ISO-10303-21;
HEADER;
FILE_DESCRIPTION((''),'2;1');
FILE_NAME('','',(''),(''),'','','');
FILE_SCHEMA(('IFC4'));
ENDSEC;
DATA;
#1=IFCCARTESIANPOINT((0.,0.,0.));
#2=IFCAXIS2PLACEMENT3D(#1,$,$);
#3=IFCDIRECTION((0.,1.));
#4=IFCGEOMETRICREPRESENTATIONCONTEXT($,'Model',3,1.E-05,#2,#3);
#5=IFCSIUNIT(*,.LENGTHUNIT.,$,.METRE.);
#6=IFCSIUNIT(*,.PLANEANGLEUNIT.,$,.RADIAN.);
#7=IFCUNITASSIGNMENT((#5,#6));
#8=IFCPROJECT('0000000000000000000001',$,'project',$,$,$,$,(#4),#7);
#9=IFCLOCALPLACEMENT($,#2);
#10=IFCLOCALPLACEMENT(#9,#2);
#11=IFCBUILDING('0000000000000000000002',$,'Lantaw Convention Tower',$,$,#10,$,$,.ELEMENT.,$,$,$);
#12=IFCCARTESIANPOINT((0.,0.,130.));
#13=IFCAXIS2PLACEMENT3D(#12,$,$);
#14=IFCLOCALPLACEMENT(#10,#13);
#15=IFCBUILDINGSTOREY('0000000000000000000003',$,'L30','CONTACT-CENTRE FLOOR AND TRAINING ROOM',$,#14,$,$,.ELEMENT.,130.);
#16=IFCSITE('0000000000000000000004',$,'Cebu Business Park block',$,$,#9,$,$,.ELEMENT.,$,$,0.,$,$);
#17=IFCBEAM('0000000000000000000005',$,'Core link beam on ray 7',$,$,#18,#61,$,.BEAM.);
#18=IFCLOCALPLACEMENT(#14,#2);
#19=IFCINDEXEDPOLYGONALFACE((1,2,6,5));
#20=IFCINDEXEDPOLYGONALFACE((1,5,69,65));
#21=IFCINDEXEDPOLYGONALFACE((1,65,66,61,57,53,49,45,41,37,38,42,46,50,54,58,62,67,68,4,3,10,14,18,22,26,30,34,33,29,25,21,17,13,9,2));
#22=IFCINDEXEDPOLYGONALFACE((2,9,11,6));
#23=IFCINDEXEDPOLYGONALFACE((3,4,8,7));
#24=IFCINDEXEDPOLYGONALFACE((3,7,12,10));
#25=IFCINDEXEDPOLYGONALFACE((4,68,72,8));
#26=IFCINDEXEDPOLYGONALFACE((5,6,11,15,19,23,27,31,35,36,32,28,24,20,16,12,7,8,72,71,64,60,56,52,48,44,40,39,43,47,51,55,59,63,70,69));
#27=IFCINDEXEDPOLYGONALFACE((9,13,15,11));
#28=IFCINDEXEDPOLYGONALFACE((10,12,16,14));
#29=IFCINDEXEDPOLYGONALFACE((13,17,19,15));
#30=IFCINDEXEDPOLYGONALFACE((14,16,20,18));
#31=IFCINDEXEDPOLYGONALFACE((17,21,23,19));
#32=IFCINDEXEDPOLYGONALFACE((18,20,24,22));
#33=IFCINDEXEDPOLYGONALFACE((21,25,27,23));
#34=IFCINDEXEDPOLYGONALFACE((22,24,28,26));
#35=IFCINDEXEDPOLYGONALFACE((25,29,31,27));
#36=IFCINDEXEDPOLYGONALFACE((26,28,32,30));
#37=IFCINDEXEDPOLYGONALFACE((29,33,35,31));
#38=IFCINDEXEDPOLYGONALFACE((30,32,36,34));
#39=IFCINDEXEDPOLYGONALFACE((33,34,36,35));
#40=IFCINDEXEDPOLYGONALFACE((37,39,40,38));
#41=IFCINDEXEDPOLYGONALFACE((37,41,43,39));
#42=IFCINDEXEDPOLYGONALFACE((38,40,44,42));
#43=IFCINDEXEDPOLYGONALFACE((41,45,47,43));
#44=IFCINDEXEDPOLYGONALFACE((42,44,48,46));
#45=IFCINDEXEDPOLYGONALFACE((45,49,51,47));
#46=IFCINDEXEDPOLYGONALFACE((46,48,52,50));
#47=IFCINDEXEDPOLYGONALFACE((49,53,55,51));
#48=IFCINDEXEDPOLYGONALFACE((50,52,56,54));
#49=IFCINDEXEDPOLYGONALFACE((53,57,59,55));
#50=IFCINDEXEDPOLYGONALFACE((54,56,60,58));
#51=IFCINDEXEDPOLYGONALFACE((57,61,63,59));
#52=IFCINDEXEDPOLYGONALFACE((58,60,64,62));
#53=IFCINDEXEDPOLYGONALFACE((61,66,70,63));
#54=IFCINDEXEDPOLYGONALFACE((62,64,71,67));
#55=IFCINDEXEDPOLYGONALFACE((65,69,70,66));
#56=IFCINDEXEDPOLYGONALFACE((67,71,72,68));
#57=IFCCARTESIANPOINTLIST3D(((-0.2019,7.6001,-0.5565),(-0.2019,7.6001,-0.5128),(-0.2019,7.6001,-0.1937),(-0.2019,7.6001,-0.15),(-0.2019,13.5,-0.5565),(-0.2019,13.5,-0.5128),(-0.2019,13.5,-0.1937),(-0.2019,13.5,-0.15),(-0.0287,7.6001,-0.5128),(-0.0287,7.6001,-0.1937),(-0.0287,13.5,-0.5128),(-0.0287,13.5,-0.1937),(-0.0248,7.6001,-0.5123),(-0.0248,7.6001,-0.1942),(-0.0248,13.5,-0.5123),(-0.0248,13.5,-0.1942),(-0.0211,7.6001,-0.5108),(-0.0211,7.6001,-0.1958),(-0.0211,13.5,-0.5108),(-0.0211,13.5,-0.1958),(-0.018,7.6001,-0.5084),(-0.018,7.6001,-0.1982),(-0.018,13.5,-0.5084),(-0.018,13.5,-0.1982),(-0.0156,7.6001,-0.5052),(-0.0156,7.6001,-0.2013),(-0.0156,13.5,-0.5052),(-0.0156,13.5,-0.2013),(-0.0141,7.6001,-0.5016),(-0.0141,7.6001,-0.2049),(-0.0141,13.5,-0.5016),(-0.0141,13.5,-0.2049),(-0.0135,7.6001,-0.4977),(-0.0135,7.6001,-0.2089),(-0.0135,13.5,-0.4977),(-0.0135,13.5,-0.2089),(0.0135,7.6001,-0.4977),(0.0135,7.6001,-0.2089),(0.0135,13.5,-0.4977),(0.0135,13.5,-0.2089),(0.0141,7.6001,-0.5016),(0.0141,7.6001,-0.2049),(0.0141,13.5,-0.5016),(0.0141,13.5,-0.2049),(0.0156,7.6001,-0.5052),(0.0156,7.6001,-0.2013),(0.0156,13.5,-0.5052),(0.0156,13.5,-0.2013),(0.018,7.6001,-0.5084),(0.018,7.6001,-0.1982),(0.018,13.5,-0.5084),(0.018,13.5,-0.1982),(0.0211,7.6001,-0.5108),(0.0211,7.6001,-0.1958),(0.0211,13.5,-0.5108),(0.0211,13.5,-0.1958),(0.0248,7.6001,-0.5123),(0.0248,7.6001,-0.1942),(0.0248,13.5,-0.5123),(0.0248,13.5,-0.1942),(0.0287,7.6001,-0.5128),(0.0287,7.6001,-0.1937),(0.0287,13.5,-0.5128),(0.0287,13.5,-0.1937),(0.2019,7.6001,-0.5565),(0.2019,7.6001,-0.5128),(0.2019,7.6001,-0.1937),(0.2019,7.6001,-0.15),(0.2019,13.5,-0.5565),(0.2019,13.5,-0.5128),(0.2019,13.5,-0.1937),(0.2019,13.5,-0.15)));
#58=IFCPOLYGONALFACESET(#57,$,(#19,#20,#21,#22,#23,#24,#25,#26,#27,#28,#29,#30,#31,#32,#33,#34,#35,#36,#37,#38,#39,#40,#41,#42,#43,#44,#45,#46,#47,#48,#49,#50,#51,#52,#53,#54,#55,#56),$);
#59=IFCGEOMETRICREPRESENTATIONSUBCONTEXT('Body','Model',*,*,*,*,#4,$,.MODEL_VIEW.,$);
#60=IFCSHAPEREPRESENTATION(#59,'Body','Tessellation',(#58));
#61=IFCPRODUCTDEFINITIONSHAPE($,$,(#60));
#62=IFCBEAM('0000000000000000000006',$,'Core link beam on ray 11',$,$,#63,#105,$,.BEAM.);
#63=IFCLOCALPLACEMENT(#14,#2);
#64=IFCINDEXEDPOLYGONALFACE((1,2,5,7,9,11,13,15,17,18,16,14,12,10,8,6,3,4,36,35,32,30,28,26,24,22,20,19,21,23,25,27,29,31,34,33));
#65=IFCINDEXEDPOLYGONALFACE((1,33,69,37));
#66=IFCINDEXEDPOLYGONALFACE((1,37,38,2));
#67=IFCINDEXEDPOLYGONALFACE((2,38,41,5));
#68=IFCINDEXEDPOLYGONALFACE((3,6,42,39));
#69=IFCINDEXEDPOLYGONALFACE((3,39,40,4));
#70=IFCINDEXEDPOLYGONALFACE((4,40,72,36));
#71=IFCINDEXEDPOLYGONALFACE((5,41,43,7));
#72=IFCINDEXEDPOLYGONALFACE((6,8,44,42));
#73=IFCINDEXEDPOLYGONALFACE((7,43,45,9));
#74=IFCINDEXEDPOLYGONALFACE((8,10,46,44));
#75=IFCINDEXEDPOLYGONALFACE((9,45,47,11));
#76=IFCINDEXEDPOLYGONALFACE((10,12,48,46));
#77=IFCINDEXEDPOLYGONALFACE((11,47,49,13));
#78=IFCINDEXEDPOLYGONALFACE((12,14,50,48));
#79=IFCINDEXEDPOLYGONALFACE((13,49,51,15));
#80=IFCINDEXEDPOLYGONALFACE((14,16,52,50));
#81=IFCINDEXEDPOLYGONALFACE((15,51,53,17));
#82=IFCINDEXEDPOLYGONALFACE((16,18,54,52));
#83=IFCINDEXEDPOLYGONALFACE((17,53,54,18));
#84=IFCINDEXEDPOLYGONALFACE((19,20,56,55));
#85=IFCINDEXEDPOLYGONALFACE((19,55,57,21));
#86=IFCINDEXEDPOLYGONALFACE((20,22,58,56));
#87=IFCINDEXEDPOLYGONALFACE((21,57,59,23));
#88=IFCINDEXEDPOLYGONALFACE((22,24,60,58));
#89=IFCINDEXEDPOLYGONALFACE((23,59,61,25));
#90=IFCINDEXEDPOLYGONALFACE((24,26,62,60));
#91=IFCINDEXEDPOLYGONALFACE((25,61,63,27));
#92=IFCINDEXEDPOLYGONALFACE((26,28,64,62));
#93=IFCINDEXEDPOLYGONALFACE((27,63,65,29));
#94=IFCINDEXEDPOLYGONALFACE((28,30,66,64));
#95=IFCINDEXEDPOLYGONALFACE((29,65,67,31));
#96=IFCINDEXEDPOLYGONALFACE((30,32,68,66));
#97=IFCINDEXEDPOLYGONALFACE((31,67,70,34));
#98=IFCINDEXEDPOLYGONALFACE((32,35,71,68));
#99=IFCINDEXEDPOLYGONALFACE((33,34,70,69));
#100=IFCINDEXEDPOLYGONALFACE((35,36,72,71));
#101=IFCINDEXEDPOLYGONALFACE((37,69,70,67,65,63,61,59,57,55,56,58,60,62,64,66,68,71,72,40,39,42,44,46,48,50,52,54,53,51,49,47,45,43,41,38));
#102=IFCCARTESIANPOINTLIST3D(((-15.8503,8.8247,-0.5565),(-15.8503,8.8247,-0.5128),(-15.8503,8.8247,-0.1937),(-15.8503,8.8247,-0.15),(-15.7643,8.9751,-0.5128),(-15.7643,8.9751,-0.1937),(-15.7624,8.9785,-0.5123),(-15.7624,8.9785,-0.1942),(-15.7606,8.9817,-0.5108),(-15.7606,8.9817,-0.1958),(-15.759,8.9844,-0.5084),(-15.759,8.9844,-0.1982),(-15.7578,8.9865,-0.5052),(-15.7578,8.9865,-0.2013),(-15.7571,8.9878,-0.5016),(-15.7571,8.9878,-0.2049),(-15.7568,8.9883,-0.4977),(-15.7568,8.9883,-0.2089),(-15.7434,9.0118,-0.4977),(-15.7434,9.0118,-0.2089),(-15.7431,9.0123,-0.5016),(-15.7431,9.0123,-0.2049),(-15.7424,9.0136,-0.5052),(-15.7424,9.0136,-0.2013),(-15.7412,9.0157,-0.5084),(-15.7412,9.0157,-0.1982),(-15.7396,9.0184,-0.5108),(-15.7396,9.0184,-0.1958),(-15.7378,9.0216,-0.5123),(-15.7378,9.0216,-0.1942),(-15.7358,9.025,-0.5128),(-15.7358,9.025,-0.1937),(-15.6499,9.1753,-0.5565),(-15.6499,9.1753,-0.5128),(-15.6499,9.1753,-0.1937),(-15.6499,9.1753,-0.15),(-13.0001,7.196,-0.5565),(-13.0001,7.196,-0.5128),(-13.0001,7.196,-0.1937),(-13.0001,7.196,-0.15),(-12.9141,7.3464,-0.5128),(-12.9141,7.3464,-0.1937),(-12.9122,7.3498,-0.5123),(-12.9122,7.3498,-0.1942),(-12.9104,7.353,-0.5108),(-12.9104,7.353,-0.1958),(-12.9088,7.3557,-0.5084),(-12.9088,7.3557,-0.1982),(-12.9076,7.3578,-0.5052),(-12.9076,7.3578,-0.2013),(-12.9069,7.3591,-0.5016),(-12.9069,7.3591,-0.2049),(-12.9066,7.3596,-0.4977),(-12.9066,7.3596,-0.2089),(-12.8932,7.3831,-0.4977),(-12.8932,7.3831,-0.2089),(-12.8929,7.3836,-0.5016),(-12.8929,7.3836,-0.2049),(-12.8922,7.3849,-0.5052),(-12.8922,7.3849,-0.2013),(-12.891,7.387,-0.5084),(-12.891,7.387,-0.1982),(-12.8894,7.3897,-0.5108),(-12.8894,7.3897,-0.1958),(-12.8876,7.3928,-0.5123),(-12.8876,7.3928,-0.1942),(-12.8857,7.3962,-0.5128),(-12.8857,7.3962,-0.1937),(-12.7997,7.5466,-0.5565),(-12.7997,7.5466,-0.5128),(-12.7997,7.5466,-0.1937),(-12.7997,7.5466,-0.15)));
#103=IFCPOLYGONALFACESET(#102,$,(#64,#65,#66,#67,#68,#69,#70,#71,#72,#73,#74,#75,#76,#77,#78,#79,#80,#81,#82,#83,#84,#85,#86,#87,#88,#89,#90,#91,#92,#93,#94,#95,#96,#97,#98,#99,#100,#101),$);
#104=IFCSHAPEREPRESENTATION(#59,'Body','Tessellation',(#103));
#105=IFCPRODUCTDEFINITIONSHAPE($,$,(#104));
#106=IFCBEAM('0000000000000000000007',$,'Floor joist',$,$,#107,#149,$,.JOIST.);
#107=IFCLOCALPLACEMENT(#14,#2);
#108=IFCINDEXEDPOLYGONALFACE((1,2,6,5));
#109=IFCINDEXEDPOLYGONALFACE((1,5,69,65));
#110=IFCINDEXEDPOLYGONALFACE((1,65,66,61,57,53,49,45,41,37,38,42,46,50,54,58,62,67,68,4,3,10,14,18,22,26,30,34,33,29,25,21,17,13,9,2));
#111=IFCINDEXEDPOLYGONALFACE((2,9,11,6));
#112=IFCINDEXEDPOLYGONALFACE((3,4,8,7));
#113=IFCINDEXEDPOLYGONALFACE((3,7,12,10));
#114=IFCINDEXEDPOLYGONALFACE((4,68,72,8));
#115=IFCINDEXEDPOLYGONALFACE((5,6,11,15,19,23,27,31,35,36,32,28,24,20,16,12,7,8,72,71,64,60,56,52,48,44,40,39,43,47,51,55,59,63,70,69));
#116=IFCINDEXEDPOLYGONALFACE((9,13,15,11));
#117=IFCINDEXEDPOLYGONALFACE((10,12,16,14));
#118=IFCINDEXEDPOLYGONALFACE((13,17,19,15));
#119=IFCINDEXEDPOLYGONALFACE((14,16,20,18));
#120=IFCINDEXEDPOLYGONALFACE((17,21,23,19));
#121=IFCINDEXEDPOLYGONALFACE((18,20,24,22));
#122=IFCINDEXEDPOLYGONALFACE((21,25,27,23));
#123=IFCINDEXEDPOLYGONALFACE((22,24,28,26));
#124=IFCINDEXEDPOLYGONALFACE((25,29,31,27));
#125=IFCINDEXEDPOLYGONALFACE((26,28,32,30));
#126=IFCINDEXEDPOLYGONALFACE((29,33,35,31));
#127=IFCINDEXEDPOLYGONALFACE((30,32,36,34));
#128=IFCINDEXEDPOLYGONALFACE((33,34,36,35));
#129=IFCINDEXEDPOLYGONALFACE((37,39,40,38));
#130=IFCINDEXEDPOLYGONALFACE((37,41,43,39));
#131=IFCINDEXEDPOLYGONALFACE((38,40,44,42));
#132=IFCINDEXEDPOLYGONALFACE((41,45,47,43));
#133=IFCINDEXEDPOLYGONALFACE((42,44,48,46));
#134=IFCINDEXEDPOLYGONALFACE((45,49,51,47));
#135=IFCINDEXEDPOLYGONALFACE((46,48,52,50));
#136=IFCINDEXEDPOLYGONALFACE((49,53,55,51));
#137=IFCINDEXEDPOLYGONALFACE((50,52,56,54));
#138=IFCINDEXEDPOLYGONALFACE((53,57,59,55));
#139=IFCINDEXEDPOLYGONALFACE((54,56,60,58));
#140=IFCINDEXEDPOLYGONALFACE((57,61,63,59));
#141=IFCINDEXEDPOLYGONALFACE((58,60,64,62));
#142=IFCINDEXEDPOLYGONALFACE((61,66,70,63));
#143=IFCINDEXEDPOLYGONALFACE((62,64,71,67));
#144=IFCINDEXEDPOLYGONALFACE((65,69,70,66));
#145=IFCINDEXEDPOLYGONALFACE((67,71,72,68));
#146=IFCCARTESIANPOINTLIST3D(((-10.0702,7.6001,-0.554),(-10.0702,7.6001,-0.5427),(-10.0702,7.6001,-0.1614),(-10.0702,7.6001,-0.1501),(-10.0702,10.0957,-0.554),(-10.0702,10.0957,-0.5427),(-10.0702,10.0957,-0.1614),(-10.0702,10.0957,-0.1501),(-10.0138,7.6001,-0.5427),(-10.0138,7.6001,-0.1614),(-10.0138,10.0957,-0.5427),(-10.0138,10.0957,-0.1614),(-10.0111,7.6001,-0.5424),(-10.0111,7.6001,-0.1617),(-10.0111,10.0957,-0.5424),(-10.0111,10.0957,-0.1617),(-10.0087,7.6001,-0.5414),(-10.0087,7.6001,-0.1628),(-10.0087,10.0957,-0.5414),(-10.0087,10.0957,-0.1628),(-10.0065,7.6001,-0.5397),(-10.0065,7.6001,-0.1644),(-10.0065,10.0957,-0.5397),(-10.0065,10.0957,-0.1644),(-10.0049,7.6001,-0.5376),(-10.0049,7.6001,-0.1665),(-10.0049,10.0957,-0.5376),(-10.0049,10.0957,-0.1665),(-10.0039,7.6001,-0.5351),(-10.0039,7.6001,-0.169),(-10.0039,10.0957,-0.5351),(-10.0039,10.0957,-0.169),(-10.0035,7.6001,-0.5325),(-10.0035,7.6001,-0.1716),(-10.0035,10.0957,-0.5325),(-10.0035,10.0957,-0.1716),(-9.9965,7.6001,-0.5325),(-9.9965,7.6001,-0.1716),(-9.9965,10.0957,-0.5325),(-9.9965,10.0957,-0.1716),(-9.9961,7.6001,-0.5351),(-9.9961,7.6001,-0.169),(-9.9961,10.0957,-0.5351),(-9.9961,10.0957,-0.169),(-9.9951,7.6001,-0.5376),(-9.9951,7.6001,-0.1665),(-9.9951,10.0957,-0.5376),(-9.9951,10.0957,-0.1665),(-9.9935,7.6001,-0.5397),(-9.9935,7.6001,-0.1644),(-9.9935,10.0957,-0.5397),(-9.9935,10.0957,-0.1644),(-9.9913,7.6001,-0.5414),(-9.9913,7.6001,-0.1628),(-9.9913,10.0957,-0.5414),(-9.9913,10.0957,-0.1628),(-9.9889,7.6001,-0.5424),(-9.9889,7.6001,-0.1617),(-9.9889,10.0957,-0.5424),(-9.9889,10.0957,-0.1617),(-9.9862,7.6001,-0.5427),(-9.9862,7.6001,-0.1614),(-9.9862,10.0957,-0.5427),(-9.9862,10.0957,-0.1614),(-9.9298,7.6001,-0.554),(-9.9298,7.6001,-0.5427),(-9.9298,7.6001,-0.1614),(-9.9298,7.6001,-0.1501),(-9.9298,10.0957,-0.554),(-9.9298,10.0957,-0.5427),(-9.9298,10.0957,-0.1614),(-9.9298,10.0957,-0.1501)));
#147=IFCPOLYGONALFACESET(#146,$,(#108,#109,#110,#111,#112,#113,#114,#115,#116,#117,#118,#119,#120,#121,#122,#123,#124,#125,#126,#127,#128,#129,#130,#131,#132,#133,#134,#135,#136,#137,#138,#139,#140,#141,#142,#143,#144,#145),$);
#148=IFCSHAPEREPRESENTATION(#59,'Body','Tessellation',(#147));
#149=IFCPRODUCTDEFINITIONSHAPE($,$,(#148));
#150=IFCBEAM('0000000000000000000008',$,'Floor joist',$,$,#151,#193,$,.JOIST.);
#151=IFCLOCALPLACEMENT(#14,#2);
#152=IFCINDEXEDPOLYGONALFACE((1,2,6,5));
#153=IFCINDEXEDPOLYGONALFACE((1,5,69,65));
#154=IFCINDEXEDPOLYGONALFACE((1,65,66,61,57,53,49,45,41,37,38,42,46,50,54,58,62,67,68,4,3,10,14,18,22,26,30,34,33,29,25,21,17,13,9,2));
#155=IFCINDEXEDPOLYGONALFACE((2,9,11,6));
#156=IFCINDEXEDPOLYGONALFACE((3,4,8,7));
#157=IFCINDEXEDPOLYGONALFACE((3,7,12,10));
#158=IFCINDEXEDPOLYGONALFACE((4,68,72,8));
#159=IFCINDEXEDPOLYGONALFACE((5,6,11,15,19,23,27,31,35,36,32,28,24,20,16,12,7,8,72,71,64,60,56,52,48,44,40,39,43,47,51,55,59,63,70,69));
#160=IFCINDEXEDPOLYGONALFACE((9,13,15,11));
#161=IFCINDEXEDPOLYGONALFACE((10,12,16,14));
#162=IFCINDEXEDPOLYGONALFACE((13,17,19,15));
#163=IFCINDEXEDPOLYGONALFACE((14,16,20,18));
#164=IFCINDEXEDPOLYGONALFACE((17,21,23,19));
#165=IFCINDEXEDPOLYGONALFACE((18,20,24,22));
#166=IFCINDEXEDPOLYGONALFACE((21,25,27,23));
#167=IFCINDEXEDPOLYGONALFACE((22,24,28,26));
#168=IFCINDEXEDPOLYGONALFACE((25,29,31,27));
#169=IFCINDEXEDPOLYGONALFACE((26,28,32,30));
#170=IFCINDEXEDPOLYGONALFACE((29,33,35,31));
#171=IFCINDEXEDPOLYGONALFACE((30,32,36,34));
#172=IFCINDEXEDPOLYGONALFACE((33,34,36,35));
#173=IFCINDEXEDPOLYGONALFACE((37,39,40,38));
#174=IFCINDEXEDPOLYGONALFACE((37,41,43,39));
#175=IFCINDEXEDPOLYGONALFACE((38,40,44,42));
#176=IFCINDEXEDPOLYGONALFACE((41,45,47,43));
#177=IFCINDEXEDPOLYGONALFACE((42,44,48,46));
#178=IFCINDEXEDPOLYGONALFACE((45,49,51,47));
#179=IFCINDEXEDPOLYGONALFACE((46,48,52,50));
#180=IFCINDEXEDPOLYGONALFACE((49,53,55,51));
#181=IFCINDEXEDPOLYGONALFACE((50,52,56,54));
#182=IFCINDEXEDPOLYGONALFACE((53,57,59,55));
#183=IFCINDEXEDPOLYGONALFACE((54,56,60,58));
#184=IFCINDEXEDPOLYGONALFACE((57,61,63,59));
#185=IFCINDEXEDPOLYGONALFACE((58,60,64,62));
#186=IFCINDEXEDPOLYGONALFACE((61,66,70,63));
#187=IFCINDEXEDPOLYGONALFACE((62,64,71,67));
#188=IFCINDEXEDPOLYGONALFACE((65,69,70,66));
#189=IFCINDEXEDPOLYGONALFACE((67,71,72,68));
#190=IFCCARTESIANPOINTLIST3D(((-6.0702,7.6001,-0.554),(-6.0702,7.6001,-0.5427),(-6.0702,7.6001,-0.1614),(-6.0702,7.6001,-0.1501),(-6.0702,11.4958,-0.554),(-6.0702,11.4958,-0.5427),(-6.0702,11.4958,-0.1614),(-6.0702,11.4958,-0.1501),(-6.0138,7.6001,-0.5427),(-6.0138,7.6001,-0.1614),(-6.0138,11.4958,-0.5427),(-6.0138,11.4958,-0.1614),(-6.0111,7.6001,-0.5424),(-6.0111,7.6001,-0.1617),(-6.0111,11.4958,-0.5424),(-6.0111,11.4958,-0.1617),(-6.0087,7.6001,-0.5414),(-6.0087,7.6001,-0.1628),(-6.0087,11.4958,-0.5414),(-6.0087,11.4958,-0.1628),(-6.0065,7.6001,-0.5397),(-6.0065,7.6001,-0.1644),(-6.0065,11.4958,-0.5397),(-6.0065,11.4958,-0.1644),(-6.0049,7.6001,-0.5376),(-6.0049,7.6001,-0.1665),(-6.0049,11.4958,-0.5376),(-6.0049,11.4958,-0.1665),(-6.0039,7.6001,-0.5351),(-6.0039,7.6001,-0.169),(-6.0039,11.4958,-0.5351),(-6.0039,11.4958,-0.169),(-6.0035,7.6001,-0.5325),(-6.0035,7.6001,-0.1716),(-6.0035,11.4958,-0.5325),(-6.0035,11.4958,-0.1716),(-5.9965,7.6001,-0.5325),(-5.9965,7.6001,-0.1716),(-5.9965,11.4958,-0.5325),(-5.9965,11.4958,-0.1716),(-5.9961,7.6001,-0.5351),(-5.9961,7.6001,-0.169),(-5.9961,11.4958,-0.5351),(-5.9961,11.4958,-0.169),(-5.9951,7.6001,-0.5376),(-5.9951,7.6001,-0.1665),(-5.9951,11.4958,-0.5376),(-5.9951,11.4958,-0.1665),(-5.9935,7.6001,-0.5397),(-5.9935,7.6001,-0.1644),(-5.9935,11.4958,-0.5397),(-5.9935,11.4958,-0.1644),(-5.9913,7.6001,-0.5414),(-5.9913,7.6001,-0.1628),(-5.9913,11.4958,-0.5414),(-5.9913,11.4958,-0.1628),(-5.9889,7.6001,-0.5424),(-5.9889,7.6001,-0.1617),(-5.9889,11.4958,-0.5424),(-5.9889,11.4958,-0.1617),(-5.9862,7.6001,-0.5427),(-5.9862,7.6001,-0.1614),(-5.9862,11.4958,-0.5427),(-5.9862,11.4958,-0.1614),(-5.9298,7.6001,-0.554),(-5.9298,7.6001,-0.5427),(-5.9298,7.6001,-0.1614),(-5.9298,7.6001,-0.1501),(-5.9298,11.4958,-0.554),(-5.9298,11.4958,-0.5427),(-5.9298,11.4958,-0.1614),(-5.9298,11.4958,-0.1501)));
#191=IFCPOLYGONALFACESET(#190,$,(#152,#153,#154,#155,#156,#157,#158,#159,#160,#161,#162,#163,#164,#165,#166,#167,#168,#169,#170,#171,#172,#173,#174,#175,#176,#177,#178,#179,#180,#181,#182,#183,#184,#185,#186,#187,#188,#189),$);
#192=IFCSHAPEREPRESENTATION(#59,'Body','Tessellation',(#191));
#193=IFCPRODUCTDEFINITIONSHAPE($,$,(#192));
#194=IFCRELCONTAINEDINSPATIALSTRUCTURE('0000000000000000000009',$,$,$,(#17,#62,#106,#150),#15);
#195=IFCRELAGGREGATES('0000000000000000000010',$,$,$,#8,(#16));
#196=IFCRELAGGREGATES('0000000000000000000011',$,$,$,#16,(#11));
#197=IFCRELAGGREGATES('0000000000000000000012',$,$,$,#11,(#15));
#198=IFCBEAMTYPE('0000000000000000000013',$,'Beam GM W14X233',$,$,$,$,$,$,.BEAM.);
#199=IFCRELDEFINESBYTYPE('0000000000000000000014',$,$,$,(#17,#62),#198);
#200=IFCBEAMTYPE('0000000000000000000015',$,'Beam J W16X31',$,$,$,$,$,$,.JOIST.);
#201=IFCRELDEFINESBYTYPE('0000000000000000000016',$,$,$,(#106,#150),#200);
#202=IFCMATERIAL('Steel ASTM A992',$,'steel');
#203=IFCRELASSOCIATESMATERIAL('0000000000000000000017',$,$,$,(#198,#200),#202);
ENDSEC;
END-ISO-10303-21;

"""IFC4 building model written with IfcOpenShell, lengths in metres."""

from ifc_helpers import new_model, si_unit, direction, frame, origin, origin_2d, place, context, subcontext, project, spatial, i_section, extrude, material, material_profile, profile_set, type_object, element, save


model = new_model("IFC4")

# Units and contexts
model_context = context("Model", 3, precision=1e-05, world=origin(), true_north=direction((0.0, 1.0)))
body_context = subcontext(model_context, "Body", "Model", "MODEL_VIEW")
ifc_project = project(units=[si_unit("LENGTHUNIT", "METRE"), si_unit("PLANEANGLEUNIT", "RADIAN")], contexts=[model_context])

# Site, building, storey
site_placement = place(None, origin())
site = spatial("IfcSite", under=ifc_project, at=site_placement, Name="Cebu Business Park block", CompositionType="ELEMENT", RefElevation=0.0)
building_placement = place(site_placement, origin())
building = spatial("IfcBuilding", under=site, at=building_placement, Name="Lantaw Convention Tower", CompositionType="ELEMENT")
storey_placement = place(building_placement, frame((0.0, 0.0, 130.0)))
storey = spatial("IfcBuildingStorey", under=building, at=storey_placement, Name="L30", Description="CONTACT-CENTRE FLOOR AND TRAINING ROOM", CompositionType="ELEMENT", Elevation=130.0)

# Beams
ifc_material_1 = material(Name="Steel ASTM A992", Category="steel")
ifc_material_profile_1 = material_profile(ifc_material_1, i_section(OverallWidth=0.4038, OverallDepth=0.4065, WebThickness=0.0271, FlangeThickness=0.0437, FilletRadius=0.0151, at=origin_2d()), Name="W14X233")
ifc_profile_set_1 = profile_set([ifc_material_profile_1], Name="Steel ASTM A992")
beam_type_1 = type_object("IfcBeamType", Name="Beam GM W14X233", PredefinedType="BEAM", material=ifc_profile_set_1)
beam_1_placement = place(storey_placement, frame((0.0, 7.6001, -0.3533), z_axis=(0.0, 1.0, 0.0), x_axis=(-1.0, 0.0, 0.0)))
element("IfcBeam", 1, at=beam_1_placement, inside=storey, type_object=beam_type_1, Name="Core link beam on ray 7", PredefinedType="BEAM", context=body_context, shape_type="SweptSolid", body=[
    extrude(i_section(OverallWidth=0.4038, OverallDepth=0.4065, WebThickness=0.0271, FlangeThickness=0.0437, FilletRadius=0.0151, at=origin_2d()), origin(), (0.0, 0.0, 1.0), 5.8999),
])
beam_2_placement = place(storey_placement, frame((-12.8999, 7.3713, -0.3533), z_axis=(-0.868239, 0.496147, 0.0), x_axis=(-0.496147, -0.868239, 0.0)))
element("IfcBeam", 2, at=beam_2_placement, inside=storey, type_object=beam_type_1, Name="Core link beam on ray 11", PredefinedType="BEAM", context=body_context, shape_type="SweptSolid", body=[
    extrude(i_section(OverallWidth=0.4038, OverallDepth=0.4065, WebThickness=0.0271, FlangeThickness=0.0437, FilletRadius=0.0151, at=origin_2d()), origin(), (0.0, 0.0, 1.0), 3.2827),
])
ifc_material_profile_2 = material_profile(ifc_material_1, i_section(OverallWidth=0.1404, OverallDepth=0.4038, WebThickness=0.0071, FlangeThickness=0.0112, FilletRadius=0.0103, at=origin_2d()), Name="W16X31")
ifc_profile_set_2 = profile_set([ifc_material_profile_2], Name="Steel ASTM A992")
beam_type_2 = type_object("IfcBeamType", Name="Beam J W16X31", PredefinedType="JOIST", material=ifc_profile_set_2)
beam_3_placement = place(storey_placement, frame((-10.0, 7.6001, -0.3521), z_axis=(0.0, 1.0, 0.0), x_axis=(-1.0, 0.0, 0.0)))
element("IfcBeam", 3, at=beam_3_placement, inside=storey, type_object=beam_type_2, Name="Floor joist", PredefinedType="JOIST", context=body_context, shape_type="SweptSolid", body=[
    extrude(i_section(OverallWidth=0.1404, OverallDepth=0.4038, WebThickness=0.0071, FlangeThickness=0.0112, FilletRadius=0.0103, at=origin_2d()), origin(), (0.0, 0.0, 1.0), 2.4956),
])
beam_4_placement = place(storey_placement, frame((-6.0, 7.6001, -0.3521), z_axis=(0.0, 1.0, 0.0), x_axis=(-1.0, 0.0, 0.0)))
element("IfcBeam", 4, at=beam_4_placement, inside=storey, type_object=beam_type_2, Name="Floor joist", PredefinedType="JOIST", context=body_context, shape_type="SweptSolid", body=[
    extrude(i_section(OverallWidth=0.1404, OverallDepth=0.4038, WebThickness=0.0071, FlangeThickness=0.0112, FilletRadius=0.0103, at=origin_2d()), origin(), (0.0, 0.0, 1.0), 3.8958),
])

save(model, "model.ifc")
